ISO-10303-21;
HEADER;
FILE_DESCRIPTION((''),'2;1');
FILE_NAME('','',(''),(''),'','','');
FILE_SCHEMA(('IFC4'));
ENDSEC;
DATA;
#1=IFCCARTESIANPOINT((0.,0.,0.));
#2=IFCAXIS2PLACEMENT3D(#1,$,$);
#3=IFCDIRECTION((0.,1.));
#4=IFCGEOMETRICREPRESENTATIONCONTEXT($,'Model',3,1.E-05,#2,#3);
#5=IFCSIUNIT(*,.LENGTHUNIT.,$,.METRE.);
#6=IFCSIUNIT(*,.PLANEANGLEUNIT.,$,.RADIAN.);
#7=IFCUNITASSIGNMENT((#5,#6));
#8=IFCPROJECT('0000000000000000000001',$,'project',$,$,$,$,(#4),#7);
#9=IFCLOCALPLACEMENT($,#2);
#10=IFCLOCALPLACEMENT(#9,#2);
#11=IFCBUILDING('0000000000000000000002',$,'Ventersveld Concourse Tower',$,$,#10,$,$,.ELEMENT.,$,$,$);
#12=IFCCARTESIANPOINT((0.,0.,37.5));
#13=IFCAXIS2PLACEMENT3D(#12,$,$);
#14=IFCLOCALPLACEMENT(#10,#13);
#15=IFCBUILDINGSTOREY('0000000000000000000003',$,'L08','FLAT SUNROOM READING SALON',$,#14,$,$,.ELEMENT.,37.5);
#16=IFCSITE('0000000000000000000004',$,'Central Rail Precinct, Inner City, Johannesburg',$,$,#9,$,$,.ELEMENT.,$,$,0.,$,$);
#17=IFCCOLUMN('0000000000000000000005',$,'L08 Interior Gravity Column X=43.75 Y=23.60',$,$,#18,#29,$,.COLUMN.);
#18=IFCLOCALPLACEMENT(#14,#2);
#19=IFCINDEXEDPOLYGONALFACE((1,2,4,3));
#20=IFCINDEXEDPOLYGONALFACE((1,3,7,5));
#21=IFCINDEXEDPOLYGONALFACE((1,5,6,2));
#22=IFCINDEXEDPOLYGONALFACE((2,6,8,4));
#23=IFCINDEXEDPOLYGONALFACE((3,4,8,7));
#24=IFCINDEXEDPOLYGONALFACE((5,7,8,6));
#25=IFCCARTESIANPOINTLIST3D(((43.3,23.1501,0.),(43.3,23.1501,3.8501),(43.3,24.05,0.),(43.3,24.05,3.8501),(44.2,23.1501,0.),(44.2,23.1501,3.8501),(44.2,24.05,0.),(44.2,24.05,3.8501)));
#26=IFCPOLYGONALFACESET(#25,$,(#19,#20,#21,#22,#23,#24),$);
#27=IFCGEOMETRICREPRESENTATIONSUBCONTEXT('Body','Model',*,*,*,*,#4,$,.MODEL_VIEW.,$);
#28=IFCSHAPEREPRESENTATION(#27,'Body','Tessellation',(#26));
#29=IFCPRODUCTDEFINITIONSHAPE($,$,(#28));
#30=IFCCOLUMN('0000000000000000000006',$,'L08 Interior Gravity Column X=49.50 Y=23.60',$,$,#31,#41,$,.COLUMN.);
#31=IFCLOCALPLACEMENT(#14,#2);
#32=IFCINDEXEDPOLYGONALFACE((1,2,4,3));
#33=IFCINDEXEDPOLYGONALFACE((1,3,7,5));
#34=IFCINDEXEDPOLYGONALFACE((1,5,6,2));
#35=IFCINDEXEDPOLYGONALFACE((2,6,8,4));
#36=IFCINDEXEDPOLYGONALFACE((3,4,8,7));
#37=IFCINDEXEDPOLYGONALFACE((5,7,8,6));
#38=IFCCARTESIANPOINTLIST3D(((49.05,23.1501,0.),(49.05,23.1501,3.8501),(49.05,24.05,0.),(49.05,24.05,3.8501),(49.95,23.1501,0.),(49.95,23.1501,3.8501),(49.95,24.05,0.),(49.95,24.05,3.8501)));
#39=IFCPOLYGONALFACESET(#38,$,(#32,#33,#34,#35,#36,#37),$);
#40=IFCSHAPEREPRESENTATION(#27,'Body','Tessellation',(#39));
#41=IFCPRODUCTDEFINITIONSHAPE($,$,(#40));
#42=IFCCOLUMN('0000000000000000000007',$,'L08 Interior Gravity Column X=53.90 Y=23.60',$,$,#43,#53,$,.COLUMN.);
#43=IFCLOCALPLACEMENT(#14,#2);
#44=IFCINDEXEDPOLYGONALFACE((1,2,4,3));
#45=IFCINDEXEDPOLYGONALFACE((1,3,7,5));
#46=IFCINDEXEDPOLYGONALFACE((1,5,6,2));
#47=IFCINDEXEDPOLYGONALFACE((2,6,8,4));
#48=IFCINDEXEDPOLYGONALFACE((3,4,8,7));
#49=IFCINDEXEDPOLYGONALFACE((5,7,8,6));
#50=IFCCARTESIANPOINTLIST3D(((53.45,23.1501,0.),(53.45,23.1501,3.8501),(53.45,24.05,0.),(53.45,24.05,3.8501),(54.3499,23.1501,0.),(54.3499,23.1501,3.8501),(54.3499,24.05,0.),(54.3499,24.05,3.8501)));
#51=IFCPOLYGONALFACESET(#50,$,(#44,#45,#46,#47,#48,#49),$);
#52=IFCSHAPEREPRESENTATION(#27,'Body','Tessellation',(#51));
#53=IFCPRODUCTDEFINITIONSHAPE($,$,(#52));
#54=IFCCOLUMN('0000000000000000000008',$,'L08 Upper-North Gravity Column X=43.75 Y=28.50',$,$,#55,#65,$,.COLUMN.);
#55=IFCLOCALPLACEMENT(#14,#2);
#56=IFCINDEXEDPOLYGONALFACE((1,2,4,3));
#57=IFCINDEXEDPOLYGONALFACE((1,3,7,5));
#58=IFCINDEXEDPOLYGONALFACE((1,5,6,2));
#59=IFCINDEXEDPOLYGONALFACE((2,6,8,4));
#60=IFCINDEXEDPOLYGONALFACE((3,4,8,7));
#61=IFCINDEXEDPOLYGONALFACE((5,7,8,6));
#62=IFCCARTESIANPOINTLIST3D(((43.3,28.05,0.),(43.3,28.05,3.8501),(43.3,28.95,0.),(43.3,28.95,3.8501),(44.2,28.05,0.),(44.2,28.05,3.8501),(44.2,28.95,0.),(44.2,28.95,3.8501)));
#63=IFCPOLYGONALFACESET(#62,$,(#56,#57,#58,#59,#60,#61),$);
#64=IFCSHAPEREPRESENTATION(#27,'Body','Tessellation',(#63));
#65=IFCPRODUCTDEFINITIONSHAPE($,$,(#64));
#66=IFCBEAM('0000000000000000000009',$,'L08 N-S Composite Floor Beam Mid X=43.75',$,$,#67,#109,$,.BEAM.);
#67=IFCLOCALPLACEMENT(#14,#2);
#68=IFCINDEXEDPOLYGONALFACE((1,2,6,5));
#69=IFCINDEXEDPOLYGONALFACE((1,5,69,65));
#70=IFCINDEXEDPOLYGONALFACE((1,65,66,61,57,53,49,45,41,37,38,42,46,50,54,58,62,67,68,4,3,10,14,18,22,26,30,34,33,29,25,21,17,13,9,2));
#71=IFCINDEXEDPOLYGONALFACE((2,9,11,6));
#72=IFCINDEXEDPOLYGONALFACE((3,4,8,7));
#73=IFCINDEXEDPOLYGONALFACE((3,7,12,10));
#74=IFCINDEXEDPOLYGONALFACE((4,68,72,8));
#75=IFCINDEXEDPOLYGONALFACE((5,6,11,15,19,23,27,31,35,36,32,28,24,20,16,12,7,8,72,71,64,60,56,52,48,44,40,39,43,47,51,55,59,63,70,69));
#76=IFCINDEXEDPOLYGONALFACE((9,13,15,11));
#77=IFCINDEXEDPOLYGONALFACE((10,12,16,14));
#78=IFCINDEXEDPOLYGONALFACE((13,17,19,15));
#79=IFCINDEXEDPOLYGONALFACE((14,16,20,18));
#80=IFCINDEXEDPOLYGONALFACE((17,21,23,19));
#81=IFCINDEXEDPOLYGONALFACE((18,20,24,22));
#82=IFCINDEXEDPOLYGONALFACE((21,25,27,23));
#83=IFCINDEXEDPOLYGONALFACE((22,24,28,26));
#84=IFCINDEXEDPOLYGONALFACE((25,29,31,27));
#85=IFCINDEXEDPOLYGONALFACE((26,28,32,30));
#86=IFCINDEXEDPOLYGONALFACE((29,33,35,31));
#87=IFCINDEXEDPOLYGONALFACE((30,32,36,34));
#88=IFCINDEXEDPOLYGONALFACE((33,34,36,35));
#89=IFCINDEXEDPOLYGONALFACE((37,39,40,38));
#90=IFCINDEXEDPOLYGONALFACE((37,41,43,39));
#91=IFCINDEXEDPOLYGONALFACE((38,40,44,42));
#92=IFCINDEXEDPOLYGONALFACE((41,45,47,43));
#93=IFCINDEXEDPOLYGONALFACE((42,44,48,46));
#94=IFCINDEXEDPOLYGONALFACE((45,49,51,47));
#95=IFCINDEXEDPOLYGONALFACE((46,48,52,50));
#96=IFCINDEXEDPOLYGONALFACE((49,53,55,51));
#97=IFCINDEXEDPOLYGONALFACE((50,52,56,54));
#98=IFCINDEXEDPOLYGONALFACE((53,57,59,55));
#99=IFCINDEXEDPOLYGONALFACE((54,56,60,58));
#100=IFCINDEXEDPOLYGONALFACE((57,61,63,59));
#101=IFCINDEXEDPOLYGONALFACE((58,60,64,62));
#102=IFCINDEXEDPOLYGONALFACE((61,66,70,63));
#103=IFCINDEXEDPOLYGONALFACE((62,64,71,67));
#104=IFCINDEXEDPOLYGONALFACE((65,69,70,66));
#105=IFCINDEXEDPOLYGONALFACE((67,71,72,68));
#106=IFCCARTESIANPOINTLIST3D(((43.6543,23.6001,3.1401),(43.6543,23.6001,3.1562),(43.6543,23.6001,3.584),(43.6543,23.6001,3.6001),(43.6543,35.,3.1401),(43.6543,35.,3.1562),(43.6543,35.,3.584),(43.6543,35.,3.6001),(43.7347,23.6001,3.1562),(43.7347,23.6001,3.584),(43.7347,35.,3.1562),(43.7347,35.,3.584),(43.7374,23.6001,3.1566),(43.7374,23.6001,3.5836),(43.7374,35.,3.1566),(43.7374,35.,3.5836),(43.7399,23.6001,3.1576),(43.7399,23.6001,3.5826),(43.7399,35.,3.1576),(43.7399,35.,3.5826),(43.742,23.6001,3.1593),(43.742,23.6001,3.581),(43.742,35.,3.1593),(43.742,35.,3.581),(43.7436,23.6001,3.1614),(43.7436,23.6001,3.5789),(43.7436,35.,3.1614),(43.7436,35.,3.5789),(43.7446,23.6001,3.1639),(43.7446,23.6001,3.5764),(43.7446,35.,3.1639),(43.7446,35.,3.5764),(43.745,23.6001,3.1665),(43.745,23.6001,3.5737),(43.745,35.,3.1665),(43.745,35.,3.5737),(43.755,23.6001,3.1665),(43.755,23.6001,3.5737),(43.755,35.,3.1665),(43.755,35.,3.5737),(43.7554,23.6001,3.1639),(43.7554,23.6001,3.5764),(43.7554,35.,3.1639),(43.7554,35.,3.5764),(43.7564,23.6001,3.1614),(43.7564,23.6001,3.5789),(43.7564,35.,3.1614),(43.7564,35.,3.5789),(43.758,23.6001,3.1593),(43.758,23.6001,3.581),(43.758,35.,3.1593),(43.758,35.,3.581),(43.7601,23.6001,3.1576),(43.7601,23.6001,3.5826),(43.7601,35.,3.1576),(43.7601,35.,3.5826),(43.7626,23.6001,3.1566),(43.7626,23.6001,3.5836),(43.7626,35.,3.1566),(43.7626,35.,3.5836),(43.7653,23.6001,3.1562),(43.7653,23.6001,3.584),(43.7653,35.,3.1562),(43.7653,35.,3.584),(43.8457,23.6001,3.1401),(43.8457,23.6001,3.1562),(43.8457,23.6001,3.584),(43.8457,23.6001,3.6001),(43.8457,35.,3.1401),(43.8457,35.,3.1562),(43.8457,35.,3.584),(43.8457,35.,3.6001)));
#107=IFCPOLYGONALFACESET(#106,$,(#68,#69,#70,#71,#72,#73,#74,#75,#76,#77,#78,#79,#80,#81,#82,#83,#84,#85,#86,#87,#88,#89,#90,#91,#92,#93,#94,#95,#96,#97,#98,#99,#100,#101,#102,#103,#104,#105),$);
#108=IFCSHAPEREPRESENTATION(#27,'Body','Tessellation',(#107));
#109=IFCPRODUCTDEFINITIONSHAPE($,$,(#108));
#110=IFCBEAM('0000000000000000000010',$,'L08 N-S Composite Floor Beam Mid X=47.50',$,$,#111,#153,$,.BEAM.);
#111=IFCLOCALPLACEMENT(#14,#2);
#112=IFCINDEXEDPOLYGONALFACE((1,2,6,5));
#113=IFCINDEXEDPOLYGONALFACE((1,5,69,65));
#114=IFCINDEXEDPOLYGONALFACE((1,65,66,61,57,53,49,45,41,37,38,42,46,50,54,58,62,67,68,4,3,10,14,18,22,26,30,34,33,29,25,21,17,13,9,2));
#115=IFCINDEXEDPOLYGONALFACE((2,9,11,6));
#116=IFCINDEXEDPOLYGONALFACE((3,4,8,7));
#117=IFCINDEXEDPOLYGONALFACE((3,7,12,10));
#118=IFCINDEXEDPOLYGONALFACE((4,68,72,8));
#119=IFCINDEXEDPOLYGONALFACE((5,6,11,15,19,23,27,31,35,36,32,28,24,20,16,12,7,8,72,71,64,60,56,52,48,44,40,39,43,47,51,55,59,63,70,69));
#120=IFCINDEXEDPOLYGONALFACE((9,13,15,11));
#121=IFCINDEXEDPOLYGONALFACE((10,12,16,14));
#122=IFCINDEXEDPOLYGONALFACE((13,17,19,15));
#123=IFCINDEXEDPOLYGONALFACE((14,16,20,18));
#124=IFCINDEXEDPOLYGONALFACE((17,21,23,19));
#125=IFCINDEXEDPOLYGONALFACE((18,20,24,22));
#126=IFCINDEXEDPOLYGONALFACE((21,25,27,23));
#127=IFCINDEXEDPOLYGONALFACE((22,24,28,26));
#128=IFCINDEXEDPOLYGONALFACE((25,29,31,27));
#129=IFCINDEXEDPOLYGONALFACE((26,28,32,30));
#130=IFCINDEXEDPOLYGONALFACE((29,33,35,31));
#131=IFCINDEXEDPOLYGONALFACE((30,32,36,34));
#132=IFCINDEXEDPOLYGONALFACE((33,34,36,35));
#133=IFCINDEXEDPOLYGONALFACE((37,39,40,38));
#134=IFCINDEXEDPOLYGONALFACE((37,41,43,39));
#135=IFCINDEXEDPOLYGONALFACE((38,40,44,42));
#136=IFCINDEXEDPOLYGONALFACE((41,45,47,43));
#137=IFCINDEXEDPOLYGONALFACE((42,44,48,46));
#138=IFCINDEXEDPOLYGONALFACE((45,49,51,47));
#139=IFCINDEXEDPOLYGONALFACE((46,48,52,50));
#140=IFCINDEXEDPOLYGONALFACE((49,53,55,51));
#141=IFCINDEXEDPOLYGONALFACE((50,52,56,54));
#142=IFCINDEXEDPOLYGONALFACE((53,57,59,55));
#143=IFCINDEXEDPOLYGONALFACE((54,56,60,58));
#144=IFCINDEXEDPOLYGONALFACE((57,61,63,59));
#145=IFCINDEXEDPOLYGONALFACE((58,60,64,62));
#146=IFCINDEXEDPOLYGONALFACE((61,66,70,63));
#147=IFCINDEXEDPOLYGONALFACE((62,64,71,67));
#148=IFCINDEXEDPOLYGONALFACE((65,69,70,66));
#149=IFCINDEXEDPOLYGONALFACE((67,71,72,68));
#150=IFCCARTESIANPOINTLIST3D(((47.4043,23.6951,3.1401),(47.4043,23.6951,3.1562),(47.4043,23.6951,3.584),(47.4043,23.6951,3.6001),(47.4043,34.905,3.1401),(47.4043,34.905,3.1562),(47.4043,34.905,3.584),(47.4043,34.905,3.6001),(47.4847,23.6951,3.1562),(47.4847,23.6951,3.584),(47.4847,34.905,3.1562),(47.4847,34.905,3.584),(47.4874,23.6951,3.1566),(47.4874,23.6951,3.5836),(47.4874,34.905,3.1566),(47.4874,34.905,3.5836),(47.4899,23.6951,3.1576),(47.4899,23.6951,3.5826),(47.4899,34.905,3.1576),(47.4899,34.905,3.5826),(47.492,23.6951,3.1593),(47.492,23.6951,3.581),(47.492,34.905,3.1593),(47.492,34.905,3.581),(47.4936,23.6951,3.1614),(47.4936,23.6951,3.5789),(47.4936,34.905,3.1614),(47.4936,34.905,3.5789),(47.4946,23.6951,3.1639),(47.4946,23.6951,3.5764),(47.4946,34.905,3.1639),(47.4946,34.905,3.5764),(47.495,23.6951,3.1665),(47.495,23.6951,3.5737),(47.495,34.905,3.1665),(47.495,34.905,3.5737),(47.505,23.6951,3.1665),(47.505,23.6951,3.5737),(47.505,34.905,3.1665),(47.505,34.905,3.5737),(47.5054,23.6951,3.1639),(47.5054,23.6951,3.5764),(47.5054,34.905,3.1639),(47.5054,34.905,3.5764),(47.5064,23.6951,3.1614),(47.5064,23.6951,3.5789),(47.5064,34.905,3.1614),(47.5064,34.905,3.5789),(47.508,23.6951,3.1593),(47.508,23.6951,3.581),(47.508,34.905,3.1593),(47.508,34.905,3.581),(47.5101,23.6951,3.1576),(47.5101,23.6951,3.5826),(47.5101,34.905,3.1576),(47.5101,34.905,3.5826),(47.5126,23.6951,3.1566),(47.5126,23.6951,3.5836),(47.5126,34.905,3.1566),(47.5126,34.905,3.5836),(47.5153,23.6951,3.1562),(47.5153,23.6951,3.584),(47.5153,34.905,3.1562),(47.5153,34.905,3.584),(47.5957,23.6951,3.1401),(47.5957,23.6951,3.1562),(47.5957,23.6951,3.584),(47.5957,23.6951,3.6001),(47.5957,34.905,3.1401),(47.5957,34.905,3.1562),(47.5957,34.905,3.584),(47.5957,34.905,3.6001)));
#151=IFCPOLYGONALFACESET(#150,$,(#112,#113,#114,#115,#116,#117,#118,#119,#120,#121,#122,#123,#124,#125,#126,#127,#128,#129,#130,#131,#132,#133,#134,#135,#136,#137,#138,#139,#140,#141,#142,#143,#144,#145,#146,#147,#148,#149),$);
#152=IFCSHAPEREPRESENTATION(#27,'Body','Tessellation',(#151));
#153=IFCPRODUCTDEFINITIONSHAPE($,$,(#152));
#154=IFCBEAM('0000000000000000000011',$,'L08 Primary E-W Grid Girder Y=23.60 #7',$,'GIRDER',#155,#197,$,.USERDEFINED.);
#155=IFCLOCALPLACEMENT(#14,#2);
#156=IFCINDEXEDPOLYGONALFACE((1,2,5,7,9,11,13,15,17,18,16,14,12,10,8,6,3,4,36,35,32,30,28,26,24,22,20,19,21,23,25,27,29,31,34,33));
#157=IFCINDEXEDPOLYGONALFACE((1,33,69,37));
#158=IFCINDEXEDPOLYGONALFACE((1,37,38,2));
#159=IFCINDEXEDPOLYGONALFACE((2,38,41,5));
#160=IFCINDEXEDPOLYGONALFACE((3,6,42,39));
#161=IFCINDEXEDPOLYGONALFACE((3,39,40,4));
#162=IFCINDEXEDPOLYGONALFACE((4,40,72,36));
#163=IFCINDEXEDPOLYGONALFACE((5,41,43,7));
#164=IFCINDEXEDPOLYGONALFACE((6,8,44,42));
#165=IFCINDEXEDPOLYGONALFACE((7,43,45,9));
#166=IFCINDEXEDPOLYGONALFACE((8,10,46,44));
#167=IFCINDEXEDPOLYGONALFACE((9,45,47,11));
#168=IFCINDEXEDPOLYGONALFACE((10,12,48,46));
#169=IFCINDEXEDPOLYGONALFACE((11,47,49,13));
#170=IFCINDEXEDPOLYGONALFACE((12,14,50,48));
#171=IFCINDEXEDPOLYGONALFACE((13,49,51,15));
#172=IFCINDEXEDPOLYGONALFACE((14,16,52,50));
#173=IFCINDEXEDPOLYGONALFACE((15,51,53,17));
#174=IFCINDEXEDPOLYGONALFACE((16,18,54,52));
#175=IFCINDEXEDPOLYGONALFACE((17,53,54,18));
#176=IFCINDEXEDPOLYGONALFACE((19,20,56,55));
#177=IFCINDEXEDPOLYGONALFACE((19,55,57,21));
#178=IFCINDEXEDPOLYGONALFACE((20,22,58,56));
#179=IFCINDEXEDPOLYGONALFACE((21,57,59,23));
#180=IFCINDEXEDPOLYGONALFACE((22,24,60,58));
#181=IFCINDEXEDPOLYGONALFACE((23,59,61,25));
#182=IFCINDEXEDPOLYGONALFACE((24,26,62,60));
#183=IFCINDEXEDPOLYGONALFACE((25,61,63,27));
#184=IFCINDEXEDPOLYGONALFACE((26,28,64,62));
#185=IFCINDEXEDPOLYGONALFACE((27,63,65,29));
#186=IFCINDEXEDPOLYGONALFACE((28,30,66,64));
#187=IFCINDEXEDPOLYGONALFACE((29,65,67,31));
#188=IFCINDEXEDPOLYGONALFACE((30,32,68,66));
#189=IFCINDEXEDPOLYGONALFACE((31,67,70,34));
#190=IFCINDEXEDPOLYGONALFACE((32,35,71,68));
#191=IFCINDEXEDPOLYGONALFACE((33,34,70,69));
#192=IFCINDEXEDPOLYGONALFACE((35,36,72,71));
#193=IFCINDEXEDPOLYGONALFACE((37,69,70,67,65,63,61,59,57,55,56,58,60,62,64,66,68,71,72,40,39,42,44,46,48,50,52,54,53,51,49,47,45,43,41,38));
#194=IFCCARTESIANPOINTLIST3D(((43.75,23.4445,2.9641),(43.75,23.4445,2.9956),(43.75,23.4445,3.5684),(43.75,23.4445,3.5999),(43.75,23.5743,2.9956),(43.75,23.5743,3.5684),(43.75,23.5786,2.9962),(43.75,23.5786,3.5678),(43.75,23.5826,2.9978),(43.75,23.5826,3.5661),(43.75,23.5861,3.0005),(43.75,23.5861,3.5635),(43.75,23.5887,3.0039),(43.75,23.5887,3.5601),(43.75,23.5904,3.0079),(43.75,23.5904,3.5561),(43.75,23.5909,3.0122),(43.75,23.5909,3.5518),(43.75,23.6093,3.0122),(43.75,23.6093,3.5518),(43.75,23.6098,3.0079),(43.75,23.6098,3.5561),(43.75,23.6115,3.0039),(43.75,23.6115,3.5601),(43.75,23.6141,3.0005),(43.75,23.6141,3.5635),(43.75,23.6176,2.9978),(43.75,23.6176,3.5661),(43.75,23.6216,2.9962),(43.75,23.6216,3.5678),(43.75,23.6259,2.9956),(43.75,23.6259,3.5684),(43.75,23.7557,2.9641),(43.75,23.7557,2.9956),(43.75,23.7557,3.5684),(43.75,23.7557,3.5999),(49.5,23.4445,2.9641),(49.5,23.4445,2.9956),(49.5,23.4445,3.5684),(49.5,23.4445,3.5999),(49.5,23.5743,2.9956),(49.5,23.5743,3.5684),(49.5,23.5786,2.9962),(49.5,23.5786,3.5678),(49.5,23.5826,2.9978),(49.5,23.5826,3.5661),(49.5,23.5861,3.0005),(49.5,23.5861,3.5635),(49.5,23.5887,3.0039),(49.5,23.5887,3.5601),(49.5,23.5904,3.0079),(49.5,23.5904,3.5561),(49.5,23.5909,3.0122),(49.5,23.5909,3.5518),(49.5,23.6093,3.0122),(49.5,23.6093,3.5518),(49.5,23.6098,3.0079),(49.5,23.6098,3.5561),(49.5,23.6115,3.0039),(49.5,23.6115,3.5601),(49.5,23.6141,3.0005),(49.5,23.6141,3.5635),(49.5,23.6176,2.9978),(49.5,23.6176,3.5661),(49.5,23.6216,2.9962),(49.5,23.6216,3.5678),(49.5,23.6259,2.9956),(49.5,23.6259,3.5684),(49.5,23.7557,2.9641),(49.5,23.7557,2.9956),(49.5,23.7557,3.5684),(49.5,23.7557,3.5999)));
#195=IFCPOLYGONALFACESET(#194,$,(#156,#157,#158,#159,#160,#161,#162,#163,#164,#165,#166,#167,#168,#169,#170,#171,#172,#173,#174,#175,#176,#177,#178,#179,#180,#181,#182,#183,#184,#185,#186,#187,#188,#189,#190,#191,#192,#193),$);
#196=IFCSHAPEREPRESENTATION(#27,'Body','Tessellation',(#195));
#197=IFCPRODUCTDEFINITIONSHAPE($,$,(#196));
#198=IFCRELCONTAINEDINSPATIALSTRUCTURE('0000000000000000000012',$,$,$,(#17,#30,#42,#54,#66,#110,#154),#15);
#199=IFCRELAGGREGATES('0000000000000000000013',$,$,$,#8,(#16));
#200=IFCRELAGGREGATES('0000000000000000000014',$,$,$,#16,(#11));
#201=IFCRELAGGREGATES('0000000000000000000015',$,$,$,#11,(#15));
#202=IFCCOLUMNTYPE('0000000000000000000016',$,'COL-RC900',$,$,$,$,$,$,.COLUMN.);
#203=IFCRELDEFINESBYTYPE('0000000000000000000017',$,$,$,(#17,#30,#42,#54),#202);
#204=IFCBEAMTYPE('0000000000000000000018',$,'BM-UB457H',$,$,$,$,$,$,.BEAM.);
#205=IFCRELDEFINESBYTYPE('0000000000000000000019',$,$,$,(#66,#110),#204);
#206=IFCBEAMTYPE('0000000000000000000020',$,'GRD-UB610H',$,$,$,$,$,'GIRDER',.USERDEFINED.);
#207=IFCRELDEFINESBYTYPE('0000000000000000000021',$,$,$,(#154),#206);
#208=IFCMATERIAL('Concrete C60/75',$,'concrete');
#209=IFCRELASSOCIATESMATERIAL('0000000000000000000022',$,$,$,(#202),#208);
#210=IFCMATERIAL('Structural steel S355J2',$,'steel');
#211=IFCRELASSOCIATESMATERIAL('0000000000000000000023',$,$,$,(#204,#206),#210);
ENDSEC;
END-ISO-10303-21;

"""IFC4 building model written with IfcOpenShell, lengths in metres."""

from ifc_helpers import new_model, si_unit, direction, frame, origin, origin_2d, place, context, subcontext, project, spatial, rectangle, i_section, extrude, material, material_profile, profile_set, type_object, element, save


model = new_model("IFC4")

# Units and contexts
model_context = context("Model", 3, precision=1e-05, world=origin(), true_north=direction((0.0, 1.0)))
body_context = subcontext(model_context, "Body", "Model", "MODEL_VIEW")
ifc_project = project(units=[si_unit("LENGTHUNIT", "METRE"), si_unit("PLANEANGLEUNIT", "RADIAN")], contexts=[model_context])

# Site, building, storey
site_placement = place(None, origin())
site = spatial("IfcSite", under=ifc_project, at=site_placement, Name="Central Rail Precinct, Inner City, Johannesburg", CompositionType="ELEMENT", RefElevation=0.0)
building_placement = place(site_placement, origin())
building = spatial("IfcBuilding", under=site, at=building_placement, Name="Ventersveld Concourse Tower", CompositionType="ELEMENT")
storey_placement = place(building_placement, frame((0.0, 0.0, 37.5)))
storey = spatial("IfcBuildingStorey", under=building, at=storey_placement, Name="L08", Description="FLAT SUNROOM READING SALON", CompositionType="ELEMENT", Elevation=37.5)

# Columns
ifc_material_1 = material(Name="Concrete C60/75", Category="concrete")
ifc_material_profile_1 = material_profile(ifc_material_1, rectangle(XDim=0.8999, YDim=0.8999, at=origin_2d()), Name="RC 900x900")
ifc_profile_set_1 = profile_set([ifc_material_profile_1], Name="Concrete C60/75")
column_type = type_object("IfcColumnType", Name="COL-RC900", PredefinedType="COLUMN", material=ifc_profile_set_1)
for number, where, z_axis, x_axis, name in (
    (1, (43.75, 23.6001, 0.0), (0.0, 0.0, 1.0), (1.0, 0.0, 0.0), "L08 Interior Gravity Column X=43.75 Y=23.60"),
    (2, (49.5, 23.6001, 0.0), (0.0, 0.0, 1.0), (1.0, 0.0, 0.0), "L08 Interior Gravity Column X=49.50 Y=23.60"),
    (3, (53.8999, 23.6001, 0.0), (0.0, 0.0, 1.0), (1.0, 0.0, 0.0), "L08 Interior Gravity Column X=53.90 Y=23.60"),
    (4, (43.75, 28.5, 0.0), (0.0, 0.0, 1.0), (1.0, 0.0, 0.0), "L08 Upper-North Gravity Column X=43.75 Y=28.50"),
):
    element("IfcColumn", number, at=place(storey_placement, frame(where, z_axis=z_axis, x_axis=x_axis)), inside=storey, type_object=column_type, Name=name, PredefinedType="COLUMN", context=body_context, shape_type="SweptSolid", body=[
        extrude(rectangle(XDim=0.8999, YDim=0.8999, at=origin_2d()), origin(), (0.0, 0.0, 1.0), 3.8501),
    ])

# Beams
ifc_material_2 = material(Name="Structural steel S355J2", Category="steel")
ifc_material_profile_2 = material_profile(ifc_material_2, i_section(OverallWidth=0.1914, OverallDepth=0.46, WebThickness=0.01, FlangeThickness=0.0161, FilletRadius=0.0103, at=origin_2d()), Name="UB 457x191x82")
ifc_profile_set_2 = profile_set([ifc_material_profile_2], Name="Structural steel S355J2")
beam_type_1 = type_object("IfcBeamType", Name="BM-UB457H", PredefinedType="BEAM", material=ifc_profile_set_2)
beam_1_placement = place(storey_placement, frame((43.75, 23.6001, 3.3701), z_axis=(0.0, 1.0, 0.0), x_axis=(-1.0, 0.0, 0.0)))
element("IfcBeam", 5, at=beam_1_placement, inside=storey, type_object=beam_type_1, Name="L08 N-S Composite Floor Beam Mid X=43.75", PredefinedType="BEAM", context=body_context, shape_type="SweptSolid", body=[
    extrude(i_section(OverallWidth=0.1914, OverallDepth=0.46, WebThickness=0.01, FlangeThickness=0.0161, FilletRadius=0.0103, at=origin_2d()), origin(), (0.0, 0.0, 1.0), 11.3999),
])
beam_2_placement = place(storey_placement, frame((47.5, 23.6951, 3.3701), z_axis=(0.0, 1.0, 0.0), x_axis=(-1.0, 0.0, 0.0)))
element("IfcBeam", 6, at=beam_2_placement, inside=storey, type_object=beam_type_1, Name="L08 N-S Composite Floor Beam Mid X=47.50", PredefinedType="BEAM", context=body_context, shape_type="SweptSolid", body=[
    extrude(i_section(OverallWidth=0.1914, OverallDepth=0.46, WebThickness=0.01, FlangeThickness=0.0161, FilletRadius=0.0103, at=origin_2d()), origin(), (0.0, 0.0, 1.0), 11.21),
])
ifc_material_profile_3 = material_profile(ifc_material_2, i_section(OverallWidth=0.3113, OverallDepth=0.6357, WebThickness=0.0183, FlangeThickness=0.0315, FilletRadius=0.0166, at=origin_2d()), Name="UB 610x305x238")
ifc_profile_set_3 = profile_set([ifc_material_profile_3], Name="Structural steel S355J2")
beam_type_2 = type_object("IfcBeamType", Name="GRD-UB610H", ElementType="GIRDER", PredefinedType="USERDEFINED", material=ifc_profile_set_3)
beam_3_placement = place(storey_placement, frame((43.75, 23.6001, 3.282), z_axis=(1.0, 0.0, 0.0), x_axis=(0.0, 1.0, 0.0)))
element("IfcBeam", 7, at=beam_3_placement, inside=storey, type_object=beam_type_2, Name="L08 Primary E-W Grid Girder Y=23.60 #7", ObjectType="GIRDER", PredefinedType="USERDEFINED", context=body_context, shape_type="SweptSolid", body=[
    extrude(i_section(OverallWidth=0.3113, OverallDepth=0.6357, WebThickness=0.0183, FlangeThickness=0.0315, FilletRadius=0.0166, at=origin_2d()), origin(), (0.0, 0.0, 1.0), 5.75),
])

save(model, "model.ifc")
